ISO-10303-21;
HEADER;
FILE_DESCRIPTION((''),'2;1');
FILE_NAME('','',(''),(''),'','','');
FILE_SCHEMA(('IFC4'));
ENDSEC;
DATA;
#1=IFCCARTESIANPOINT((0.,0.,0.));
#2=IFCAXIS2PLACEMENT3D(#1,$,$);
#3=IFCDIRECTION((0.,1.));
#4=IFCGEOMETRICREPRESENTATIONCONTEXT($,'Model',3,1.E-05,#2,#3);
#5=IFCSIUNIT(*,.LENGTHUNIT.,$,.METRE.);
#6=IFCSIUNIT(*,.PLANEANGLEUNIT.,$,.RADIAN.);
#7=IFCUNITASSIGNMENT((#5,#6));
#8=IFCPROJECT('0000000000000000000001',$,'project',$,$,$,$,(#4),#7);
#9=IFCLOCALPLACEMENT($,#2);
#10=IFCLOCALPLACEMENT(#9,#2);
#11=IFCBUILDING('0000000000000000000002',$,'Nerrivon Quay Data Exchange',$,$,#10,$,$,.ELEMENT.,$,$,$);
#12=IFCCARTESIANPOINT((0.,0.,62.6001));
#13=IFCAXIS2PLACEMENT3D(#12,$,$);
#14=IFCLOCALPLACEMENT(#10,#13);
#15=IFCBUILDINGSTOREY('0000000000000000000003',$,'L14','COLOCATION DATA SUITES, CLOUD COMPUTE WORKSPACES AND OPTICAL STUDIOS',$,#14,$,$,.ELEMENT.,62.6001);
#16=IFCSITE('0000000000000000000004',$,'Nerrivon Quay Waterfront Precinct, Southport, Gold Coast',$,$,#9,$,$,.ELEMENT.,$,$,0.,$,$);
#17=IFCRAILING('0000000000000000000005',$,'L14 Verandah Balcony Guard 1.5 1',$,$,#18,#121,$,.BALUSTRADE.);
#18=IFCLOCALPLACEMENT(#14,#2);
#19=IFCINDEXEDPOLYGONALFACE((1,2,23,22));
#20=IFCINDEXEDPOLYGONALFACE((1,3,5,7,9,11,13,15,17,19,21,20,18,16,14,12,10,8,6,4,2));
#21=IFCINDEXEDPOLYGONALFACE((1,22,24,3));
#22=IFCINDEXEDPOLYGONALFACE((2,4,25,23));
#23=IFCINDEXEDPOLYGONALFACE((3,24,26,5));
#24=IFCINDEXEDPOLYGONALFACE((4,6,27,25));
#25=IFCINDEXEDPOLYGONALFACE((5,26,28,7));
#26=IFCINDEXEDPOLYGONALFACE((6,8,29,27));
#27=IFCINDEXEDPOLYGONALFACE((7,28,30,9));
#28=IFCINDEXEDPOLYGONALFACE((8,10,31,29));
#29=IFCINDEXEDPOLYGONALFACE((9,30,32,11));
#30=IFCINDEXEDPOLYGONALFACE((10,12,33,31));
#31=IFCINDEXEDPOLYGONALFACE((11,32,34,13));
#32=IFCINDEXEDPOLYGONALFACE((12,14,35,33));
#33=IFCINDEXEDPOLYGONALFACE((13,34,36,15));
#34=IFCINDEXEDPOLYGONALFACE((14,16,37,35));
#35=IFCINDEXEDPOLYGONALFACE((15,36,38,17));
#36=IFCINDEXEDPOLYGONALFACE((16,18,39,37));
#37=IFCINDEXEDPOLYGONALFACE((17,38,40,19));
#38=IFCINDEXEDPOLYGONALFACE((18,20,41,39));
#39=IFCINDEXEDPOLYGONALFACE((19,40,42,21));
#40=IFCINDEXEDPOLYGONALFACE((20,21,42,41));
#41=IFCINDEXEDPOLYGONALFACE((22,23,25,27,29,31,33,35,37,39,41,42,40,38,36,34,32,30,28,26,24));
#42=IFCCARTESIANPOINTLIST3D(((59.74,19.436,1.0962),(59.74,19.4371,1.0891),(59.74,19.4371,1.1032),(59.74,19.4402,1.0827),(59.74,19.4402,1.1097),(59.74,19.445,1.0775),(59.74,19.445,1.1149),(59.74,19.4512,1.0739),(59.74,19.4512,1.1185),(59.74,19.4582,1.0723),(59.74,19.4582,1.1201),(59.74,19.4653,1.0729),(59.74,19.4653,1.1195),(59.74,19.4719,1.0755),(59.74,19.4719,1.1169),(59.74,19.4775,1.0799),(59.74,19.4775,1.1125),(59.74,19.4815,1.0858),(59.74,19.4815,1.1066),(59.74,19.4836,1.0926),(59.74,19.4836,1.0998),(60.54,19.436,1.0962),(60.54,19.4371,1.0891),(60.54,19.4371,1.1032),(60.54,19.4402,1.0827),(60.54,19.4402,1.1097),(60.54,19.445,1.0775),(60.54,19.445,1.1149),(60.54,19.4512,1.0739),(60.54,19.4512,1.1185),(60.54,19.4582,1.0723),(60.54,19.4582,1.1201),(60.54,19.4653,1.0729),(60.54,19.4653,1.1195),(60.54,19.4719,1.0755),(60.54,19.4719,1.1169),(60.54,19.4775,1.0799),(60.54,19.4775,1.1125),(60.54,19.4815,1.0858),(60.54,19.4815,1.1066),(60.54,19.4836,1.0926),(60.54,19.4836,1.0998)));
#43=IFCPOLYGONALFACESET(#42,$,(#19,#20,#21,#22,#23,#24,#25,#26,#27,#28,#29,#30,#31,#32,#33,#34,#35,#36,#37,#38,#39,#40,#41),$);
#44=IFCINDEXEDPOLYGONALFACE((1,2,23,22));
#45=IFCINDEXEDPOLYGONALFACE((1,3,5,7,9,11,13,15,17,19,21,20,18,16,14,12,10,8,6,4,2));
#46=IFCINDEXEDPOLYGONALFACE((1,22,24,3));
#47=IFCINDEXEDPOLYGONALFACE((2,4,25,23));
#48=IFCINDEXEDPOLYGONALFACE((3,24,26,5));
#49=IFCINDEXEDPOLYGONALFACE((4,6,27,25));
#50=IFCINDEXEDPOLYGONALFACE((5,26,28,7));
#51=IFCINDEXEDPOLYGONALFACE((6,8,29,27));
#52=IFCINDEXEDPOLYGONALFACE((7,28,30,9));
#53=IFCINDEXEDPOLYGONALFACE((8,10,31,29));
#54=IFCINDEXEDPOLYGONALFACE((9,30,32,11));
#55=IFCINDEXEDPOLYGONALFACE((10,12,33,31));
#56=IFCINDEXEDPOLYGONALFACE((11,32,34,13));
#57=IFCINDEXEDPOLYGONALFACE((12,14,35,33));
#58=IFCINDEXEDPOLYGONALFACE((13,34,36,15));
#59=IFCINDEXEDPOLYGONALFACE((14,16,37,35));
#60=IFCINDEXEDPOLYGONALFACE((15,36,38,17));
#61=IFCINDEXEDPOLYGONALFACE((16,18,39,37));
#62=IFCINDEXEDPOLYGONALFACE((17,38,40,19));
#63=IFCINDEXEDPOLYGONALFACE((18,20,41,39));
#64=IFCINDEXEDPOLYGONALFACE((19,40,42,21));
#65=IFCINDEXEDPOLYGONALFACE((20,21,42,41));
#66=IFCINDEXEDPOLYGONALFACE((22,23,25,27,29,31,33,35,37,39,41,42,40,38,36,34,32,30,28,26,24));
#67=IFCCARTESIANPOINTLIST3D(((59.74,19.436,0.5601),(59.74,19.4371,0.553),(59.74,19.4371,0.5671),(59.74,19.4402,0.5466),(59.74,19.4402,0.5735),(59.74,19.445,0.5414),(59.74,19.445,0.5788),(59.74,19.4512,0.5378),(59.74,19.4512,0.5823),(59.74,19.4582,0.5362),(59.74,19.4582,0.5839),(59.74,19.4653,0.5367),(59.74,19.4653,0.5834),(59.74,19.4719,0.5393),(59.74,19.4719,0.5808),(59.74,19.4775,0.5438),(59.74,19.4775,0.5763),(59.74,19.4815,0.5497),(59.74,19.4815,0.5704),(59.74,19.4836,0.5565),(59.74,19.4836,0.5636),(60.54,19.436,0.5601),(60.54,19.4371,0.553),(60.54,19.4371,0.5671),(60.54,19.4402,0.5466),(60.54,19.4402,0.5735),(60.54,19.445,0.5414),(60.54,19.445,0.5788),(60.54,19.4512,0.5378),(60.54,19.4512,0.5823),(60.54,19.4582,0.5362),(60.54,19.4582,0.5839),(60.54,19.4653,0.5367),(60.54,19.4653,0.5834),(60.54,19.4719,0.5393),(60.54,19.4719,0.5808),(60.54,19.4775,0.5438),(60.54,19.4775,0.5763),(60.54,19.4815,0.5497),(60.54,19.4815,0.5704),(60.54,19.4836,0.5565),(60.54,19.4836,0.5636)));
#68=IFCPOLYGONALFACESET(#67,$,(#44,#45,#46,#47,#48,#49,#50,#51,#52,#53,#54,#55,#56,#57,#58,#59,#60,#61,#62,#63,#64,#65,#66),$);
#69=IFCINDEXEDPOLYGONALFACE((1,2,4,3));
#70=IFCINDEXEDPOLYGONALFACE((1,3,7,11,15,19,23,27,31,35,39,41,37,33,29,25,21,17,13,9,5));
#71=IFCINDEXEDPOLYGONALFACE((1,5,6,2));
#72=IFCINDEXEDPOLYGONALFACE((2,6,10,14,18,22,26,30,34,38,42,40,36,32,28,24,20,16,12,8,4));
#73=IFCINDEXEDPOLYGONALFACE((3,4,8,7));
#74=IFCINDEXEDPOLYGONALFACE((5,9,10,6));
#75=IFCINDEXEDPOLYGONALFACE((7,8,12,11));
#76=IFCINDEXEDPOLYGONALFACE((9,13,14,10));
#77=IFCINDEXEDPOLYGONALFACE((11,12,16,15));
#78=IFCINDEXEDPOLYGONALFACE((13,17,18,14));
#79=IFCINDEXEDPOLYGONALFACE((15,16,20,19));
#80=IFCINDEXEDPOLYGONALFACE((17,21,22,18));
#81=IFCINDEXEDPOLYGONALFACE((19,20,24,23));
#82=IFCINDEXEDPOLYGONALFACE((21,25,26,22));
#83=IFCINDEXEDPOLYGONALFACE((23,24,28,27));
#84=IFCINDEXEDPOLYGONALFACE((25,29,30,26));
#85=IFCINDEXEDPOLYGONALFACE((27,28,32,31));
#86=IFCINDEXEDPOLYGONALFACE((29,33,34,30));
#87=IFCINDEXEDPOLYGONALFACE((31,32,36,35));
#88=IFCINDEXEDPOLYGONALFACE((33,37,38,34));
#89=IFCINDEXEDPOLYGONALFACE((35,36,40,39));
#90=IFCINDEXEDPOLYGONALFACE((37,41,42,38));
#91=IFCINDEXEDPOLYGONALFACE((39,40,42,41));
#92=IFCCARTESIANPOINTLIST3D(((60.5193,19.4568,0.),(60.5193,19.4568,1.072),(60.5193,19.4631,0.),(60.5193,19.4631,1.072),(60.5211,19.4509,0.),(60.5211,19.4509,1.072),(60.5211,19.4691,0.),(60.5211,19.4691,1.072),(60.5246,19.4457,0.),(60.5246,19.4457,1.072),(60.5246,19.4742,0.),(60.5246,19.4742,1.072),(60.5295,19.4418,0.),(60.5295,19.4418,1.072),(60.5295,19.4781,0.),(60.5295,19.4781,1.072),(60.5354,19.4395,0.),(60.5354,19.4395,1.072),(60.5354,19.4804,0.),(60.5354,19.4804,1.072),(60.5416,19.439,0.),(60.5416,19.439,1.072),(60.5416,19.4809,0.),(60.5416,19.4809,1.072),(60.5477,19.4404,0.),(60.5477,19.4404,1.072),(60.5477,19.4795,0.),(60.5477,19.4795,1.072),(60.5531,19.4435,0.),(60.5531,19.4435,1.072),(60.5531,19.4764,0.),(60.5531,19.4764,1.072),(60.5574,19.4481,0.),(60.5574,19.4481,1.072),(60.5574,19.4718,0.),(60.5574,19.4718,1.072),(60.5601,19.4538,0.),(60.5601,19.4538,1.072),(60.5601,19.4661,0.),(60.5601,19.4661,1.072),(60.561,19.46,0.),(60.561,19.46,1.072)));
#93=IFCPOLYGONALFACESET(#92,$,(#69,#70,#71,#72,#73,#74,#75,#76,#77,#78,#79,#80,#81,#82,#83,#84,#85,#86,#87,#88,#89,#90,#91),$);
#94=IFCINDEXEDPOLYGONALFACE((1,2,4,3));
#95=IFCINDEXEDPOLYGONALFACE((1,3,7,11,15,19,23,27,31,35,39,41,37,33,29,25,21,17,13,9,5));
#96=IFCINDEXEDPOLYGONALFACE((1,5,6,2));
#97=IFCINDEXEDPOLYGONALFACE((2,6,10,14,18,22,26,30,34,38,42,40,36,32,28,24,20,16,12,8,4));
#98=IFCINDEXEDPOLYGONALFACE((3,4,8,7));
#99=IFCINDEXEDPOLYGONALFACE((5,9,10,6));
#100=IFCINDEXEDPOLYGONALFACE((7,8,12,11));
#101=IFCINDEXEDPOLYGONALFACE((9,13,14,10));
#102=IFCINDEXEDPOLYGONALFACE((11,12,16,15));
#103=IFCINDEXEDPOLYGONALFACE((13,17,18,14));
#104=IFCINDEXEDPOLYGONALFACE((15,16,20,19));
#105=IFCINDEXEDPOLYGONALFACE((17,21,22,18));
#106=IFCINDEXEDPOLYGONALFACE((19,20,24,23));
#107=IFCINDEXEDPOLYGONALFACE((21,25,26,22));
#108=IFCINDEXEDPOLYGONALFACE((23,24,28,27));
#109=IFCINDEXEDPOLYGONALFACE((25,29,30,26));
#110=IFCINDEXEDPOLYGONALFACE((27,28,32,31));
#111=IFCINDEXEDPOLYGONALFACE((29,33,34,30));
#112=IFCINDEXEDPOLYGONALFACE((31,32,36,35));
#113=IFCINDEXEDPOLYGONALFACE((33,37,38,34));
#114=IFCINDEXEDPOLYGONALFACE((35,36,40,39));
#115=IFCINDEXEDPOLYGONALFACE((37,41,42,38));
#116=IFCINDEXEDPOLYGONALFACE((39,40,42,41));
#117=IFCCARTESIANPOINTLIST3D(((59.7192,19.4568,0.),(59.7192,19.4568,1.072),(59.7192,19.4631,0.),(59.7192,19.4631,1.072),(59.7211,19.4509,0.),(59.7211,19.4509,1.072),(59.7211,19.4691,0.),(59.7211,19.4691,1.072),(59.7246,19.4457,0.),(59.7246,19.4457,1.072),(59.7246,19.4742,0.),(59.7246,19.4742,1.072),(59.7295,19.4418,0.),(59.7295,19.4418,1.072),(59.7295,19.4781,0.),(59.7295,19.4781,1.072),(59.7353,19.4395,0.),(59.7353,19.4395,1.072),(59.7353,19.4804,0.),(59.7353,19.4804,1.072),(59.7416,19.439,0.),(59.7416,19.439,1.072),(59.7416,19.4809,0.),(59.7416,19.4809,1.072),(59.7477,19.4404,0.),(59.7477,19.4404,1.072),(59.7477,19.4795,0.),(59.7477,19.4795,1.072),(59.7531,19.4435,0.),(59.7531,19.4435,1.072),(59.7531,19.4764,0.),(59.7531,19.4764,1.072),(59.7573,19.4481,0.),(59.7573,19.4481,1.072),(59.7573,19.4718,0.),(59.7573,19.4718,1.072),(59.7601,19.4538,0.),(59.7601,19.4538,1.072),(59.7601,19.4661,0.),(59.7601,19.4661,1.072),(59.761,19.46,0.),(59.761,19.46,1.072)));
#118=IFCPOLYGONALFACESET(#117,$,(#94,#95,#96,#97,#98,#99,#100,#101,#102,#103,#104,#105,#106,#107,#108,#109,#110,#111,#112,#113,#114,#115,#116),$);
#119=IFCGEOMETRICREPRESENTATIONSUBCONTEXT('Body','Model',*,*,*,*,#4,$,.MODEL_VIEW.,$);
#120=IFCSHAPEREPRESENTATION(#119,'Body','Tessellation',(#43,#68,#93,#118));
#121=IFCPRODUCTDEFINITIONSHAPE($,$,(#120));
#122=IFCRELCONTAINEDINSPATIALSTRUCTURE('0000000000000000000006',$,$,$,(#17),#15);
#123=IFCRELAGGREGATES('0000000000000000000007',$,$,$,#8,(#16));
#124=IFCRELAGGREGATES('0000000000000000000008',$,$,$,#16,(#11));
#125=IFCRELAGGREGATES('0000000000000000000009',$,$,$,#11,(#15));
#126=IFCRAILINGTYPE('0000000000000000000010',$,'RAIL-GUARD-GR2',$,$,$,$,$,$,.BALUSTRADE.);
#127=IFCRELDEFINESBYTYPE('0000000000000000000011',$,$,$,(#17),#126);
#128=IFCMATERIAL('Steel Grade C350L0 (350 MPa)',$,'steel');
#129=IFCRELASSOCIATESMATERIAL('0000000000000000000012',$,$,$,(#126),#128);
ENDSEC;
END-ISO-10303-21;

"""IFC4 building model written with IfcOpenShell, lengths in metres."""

from ifc_helpers import new_model, si_unit, direction, frame, origin, origin_2d, place, context, subcontext, project, spatial, circle, extrude, material, type_object, element, save


model = new_model("IFC4")

# Units and contexts
model_context = context("Model", 3, precision=1e-05, world=origin(), true_north=direction((0.0, 1.0)))
body_context = subcontext(model_context, "Body", "Model", "MODEL_VIEW")
ifc_project = project(units=[si_unit("LENGTHUNIT", "METRE"), si_unit("PLANEANGLEUNIT", "RADIAN")], contexts=[model_context])

# Site, building, storey
site_placement = place(None, origin())
site = spatial("IfcSite", under=ifc_project, at=site_placement, Name="Nerrivon Quay Waterfront Precinct, Southport, Gold Coast", CompositionType="ELEMENT", RefElevation=0.0)
building_placement = place(site_placement, origin())
building = spatial("IfcBuilding", under=site, at=building_placement, Name="Nerrivon Quay Data Exchange", CompositionType="ELEMENT")
storey_placement = place(building_placement, frame((0.0, 0.0, 62.6001)))
storey = spatial("IfcBuildingStorey", under=building, at=storey_placement, Name="L14", Description="COLOCATION DATA SUITES, CLOUD COMPUTE WORKSPACES AND OPTICAL STUDIOS", CompositionType="ELEMENT", Elevation=62.6001)

# Shared definitions
ifc_material_1 = material(Name="Steel Grade C350L0 (350 MPa)", Category="steel")

# Railing
railing_type = type_object("IfcRailingType", Name="RAIL-GUARD-GR2", PredefinedType="BALUSTRADE", material=ifc_material_1)
railing_1_placement = place(storey_placement, frame((60.54, 19.46, 0.0)))
element("IfcRailing", 1, at=railing_1_placement, inside=storey, type_object=railing_type, Name="L14 Verandah Balcony Guard 1.5 1", PredefinedType="BALUSTRADE", context=body_context, shape_type="SweptSolid", body=[
    extrude(circle(Radius=0.0239, at=origin_2d()), frame((0.0, 0.0, 1.0962), z_axis=(-1.0, 0.0, 0.0), x_axis=(0.0, -1.0, 0.0)), (0.0, 0.0, 1.0), 0.8),
    extrude(circle(Radius=0.0239, at=origin_2d()), frame((0.0, 0.0, 0.5601), z_axis=(-1.0, 0.0, 0.0), x_axis=(0.0, -1.0, 0.0)), (0.0, 0.0, 1.0), 0.8),
    extrude(circle(Radius=0.021, at=origin_2d()), origin(), (0.0, 0.0, 1.0), 1.072),
    extrude(circle(Radius=0.021, at=origin_2d()), frame((-0.8, 0.0, 0.0)), (0.0, 0.0, 1.0), 1.072),
])

save(model, "model.ifc")
